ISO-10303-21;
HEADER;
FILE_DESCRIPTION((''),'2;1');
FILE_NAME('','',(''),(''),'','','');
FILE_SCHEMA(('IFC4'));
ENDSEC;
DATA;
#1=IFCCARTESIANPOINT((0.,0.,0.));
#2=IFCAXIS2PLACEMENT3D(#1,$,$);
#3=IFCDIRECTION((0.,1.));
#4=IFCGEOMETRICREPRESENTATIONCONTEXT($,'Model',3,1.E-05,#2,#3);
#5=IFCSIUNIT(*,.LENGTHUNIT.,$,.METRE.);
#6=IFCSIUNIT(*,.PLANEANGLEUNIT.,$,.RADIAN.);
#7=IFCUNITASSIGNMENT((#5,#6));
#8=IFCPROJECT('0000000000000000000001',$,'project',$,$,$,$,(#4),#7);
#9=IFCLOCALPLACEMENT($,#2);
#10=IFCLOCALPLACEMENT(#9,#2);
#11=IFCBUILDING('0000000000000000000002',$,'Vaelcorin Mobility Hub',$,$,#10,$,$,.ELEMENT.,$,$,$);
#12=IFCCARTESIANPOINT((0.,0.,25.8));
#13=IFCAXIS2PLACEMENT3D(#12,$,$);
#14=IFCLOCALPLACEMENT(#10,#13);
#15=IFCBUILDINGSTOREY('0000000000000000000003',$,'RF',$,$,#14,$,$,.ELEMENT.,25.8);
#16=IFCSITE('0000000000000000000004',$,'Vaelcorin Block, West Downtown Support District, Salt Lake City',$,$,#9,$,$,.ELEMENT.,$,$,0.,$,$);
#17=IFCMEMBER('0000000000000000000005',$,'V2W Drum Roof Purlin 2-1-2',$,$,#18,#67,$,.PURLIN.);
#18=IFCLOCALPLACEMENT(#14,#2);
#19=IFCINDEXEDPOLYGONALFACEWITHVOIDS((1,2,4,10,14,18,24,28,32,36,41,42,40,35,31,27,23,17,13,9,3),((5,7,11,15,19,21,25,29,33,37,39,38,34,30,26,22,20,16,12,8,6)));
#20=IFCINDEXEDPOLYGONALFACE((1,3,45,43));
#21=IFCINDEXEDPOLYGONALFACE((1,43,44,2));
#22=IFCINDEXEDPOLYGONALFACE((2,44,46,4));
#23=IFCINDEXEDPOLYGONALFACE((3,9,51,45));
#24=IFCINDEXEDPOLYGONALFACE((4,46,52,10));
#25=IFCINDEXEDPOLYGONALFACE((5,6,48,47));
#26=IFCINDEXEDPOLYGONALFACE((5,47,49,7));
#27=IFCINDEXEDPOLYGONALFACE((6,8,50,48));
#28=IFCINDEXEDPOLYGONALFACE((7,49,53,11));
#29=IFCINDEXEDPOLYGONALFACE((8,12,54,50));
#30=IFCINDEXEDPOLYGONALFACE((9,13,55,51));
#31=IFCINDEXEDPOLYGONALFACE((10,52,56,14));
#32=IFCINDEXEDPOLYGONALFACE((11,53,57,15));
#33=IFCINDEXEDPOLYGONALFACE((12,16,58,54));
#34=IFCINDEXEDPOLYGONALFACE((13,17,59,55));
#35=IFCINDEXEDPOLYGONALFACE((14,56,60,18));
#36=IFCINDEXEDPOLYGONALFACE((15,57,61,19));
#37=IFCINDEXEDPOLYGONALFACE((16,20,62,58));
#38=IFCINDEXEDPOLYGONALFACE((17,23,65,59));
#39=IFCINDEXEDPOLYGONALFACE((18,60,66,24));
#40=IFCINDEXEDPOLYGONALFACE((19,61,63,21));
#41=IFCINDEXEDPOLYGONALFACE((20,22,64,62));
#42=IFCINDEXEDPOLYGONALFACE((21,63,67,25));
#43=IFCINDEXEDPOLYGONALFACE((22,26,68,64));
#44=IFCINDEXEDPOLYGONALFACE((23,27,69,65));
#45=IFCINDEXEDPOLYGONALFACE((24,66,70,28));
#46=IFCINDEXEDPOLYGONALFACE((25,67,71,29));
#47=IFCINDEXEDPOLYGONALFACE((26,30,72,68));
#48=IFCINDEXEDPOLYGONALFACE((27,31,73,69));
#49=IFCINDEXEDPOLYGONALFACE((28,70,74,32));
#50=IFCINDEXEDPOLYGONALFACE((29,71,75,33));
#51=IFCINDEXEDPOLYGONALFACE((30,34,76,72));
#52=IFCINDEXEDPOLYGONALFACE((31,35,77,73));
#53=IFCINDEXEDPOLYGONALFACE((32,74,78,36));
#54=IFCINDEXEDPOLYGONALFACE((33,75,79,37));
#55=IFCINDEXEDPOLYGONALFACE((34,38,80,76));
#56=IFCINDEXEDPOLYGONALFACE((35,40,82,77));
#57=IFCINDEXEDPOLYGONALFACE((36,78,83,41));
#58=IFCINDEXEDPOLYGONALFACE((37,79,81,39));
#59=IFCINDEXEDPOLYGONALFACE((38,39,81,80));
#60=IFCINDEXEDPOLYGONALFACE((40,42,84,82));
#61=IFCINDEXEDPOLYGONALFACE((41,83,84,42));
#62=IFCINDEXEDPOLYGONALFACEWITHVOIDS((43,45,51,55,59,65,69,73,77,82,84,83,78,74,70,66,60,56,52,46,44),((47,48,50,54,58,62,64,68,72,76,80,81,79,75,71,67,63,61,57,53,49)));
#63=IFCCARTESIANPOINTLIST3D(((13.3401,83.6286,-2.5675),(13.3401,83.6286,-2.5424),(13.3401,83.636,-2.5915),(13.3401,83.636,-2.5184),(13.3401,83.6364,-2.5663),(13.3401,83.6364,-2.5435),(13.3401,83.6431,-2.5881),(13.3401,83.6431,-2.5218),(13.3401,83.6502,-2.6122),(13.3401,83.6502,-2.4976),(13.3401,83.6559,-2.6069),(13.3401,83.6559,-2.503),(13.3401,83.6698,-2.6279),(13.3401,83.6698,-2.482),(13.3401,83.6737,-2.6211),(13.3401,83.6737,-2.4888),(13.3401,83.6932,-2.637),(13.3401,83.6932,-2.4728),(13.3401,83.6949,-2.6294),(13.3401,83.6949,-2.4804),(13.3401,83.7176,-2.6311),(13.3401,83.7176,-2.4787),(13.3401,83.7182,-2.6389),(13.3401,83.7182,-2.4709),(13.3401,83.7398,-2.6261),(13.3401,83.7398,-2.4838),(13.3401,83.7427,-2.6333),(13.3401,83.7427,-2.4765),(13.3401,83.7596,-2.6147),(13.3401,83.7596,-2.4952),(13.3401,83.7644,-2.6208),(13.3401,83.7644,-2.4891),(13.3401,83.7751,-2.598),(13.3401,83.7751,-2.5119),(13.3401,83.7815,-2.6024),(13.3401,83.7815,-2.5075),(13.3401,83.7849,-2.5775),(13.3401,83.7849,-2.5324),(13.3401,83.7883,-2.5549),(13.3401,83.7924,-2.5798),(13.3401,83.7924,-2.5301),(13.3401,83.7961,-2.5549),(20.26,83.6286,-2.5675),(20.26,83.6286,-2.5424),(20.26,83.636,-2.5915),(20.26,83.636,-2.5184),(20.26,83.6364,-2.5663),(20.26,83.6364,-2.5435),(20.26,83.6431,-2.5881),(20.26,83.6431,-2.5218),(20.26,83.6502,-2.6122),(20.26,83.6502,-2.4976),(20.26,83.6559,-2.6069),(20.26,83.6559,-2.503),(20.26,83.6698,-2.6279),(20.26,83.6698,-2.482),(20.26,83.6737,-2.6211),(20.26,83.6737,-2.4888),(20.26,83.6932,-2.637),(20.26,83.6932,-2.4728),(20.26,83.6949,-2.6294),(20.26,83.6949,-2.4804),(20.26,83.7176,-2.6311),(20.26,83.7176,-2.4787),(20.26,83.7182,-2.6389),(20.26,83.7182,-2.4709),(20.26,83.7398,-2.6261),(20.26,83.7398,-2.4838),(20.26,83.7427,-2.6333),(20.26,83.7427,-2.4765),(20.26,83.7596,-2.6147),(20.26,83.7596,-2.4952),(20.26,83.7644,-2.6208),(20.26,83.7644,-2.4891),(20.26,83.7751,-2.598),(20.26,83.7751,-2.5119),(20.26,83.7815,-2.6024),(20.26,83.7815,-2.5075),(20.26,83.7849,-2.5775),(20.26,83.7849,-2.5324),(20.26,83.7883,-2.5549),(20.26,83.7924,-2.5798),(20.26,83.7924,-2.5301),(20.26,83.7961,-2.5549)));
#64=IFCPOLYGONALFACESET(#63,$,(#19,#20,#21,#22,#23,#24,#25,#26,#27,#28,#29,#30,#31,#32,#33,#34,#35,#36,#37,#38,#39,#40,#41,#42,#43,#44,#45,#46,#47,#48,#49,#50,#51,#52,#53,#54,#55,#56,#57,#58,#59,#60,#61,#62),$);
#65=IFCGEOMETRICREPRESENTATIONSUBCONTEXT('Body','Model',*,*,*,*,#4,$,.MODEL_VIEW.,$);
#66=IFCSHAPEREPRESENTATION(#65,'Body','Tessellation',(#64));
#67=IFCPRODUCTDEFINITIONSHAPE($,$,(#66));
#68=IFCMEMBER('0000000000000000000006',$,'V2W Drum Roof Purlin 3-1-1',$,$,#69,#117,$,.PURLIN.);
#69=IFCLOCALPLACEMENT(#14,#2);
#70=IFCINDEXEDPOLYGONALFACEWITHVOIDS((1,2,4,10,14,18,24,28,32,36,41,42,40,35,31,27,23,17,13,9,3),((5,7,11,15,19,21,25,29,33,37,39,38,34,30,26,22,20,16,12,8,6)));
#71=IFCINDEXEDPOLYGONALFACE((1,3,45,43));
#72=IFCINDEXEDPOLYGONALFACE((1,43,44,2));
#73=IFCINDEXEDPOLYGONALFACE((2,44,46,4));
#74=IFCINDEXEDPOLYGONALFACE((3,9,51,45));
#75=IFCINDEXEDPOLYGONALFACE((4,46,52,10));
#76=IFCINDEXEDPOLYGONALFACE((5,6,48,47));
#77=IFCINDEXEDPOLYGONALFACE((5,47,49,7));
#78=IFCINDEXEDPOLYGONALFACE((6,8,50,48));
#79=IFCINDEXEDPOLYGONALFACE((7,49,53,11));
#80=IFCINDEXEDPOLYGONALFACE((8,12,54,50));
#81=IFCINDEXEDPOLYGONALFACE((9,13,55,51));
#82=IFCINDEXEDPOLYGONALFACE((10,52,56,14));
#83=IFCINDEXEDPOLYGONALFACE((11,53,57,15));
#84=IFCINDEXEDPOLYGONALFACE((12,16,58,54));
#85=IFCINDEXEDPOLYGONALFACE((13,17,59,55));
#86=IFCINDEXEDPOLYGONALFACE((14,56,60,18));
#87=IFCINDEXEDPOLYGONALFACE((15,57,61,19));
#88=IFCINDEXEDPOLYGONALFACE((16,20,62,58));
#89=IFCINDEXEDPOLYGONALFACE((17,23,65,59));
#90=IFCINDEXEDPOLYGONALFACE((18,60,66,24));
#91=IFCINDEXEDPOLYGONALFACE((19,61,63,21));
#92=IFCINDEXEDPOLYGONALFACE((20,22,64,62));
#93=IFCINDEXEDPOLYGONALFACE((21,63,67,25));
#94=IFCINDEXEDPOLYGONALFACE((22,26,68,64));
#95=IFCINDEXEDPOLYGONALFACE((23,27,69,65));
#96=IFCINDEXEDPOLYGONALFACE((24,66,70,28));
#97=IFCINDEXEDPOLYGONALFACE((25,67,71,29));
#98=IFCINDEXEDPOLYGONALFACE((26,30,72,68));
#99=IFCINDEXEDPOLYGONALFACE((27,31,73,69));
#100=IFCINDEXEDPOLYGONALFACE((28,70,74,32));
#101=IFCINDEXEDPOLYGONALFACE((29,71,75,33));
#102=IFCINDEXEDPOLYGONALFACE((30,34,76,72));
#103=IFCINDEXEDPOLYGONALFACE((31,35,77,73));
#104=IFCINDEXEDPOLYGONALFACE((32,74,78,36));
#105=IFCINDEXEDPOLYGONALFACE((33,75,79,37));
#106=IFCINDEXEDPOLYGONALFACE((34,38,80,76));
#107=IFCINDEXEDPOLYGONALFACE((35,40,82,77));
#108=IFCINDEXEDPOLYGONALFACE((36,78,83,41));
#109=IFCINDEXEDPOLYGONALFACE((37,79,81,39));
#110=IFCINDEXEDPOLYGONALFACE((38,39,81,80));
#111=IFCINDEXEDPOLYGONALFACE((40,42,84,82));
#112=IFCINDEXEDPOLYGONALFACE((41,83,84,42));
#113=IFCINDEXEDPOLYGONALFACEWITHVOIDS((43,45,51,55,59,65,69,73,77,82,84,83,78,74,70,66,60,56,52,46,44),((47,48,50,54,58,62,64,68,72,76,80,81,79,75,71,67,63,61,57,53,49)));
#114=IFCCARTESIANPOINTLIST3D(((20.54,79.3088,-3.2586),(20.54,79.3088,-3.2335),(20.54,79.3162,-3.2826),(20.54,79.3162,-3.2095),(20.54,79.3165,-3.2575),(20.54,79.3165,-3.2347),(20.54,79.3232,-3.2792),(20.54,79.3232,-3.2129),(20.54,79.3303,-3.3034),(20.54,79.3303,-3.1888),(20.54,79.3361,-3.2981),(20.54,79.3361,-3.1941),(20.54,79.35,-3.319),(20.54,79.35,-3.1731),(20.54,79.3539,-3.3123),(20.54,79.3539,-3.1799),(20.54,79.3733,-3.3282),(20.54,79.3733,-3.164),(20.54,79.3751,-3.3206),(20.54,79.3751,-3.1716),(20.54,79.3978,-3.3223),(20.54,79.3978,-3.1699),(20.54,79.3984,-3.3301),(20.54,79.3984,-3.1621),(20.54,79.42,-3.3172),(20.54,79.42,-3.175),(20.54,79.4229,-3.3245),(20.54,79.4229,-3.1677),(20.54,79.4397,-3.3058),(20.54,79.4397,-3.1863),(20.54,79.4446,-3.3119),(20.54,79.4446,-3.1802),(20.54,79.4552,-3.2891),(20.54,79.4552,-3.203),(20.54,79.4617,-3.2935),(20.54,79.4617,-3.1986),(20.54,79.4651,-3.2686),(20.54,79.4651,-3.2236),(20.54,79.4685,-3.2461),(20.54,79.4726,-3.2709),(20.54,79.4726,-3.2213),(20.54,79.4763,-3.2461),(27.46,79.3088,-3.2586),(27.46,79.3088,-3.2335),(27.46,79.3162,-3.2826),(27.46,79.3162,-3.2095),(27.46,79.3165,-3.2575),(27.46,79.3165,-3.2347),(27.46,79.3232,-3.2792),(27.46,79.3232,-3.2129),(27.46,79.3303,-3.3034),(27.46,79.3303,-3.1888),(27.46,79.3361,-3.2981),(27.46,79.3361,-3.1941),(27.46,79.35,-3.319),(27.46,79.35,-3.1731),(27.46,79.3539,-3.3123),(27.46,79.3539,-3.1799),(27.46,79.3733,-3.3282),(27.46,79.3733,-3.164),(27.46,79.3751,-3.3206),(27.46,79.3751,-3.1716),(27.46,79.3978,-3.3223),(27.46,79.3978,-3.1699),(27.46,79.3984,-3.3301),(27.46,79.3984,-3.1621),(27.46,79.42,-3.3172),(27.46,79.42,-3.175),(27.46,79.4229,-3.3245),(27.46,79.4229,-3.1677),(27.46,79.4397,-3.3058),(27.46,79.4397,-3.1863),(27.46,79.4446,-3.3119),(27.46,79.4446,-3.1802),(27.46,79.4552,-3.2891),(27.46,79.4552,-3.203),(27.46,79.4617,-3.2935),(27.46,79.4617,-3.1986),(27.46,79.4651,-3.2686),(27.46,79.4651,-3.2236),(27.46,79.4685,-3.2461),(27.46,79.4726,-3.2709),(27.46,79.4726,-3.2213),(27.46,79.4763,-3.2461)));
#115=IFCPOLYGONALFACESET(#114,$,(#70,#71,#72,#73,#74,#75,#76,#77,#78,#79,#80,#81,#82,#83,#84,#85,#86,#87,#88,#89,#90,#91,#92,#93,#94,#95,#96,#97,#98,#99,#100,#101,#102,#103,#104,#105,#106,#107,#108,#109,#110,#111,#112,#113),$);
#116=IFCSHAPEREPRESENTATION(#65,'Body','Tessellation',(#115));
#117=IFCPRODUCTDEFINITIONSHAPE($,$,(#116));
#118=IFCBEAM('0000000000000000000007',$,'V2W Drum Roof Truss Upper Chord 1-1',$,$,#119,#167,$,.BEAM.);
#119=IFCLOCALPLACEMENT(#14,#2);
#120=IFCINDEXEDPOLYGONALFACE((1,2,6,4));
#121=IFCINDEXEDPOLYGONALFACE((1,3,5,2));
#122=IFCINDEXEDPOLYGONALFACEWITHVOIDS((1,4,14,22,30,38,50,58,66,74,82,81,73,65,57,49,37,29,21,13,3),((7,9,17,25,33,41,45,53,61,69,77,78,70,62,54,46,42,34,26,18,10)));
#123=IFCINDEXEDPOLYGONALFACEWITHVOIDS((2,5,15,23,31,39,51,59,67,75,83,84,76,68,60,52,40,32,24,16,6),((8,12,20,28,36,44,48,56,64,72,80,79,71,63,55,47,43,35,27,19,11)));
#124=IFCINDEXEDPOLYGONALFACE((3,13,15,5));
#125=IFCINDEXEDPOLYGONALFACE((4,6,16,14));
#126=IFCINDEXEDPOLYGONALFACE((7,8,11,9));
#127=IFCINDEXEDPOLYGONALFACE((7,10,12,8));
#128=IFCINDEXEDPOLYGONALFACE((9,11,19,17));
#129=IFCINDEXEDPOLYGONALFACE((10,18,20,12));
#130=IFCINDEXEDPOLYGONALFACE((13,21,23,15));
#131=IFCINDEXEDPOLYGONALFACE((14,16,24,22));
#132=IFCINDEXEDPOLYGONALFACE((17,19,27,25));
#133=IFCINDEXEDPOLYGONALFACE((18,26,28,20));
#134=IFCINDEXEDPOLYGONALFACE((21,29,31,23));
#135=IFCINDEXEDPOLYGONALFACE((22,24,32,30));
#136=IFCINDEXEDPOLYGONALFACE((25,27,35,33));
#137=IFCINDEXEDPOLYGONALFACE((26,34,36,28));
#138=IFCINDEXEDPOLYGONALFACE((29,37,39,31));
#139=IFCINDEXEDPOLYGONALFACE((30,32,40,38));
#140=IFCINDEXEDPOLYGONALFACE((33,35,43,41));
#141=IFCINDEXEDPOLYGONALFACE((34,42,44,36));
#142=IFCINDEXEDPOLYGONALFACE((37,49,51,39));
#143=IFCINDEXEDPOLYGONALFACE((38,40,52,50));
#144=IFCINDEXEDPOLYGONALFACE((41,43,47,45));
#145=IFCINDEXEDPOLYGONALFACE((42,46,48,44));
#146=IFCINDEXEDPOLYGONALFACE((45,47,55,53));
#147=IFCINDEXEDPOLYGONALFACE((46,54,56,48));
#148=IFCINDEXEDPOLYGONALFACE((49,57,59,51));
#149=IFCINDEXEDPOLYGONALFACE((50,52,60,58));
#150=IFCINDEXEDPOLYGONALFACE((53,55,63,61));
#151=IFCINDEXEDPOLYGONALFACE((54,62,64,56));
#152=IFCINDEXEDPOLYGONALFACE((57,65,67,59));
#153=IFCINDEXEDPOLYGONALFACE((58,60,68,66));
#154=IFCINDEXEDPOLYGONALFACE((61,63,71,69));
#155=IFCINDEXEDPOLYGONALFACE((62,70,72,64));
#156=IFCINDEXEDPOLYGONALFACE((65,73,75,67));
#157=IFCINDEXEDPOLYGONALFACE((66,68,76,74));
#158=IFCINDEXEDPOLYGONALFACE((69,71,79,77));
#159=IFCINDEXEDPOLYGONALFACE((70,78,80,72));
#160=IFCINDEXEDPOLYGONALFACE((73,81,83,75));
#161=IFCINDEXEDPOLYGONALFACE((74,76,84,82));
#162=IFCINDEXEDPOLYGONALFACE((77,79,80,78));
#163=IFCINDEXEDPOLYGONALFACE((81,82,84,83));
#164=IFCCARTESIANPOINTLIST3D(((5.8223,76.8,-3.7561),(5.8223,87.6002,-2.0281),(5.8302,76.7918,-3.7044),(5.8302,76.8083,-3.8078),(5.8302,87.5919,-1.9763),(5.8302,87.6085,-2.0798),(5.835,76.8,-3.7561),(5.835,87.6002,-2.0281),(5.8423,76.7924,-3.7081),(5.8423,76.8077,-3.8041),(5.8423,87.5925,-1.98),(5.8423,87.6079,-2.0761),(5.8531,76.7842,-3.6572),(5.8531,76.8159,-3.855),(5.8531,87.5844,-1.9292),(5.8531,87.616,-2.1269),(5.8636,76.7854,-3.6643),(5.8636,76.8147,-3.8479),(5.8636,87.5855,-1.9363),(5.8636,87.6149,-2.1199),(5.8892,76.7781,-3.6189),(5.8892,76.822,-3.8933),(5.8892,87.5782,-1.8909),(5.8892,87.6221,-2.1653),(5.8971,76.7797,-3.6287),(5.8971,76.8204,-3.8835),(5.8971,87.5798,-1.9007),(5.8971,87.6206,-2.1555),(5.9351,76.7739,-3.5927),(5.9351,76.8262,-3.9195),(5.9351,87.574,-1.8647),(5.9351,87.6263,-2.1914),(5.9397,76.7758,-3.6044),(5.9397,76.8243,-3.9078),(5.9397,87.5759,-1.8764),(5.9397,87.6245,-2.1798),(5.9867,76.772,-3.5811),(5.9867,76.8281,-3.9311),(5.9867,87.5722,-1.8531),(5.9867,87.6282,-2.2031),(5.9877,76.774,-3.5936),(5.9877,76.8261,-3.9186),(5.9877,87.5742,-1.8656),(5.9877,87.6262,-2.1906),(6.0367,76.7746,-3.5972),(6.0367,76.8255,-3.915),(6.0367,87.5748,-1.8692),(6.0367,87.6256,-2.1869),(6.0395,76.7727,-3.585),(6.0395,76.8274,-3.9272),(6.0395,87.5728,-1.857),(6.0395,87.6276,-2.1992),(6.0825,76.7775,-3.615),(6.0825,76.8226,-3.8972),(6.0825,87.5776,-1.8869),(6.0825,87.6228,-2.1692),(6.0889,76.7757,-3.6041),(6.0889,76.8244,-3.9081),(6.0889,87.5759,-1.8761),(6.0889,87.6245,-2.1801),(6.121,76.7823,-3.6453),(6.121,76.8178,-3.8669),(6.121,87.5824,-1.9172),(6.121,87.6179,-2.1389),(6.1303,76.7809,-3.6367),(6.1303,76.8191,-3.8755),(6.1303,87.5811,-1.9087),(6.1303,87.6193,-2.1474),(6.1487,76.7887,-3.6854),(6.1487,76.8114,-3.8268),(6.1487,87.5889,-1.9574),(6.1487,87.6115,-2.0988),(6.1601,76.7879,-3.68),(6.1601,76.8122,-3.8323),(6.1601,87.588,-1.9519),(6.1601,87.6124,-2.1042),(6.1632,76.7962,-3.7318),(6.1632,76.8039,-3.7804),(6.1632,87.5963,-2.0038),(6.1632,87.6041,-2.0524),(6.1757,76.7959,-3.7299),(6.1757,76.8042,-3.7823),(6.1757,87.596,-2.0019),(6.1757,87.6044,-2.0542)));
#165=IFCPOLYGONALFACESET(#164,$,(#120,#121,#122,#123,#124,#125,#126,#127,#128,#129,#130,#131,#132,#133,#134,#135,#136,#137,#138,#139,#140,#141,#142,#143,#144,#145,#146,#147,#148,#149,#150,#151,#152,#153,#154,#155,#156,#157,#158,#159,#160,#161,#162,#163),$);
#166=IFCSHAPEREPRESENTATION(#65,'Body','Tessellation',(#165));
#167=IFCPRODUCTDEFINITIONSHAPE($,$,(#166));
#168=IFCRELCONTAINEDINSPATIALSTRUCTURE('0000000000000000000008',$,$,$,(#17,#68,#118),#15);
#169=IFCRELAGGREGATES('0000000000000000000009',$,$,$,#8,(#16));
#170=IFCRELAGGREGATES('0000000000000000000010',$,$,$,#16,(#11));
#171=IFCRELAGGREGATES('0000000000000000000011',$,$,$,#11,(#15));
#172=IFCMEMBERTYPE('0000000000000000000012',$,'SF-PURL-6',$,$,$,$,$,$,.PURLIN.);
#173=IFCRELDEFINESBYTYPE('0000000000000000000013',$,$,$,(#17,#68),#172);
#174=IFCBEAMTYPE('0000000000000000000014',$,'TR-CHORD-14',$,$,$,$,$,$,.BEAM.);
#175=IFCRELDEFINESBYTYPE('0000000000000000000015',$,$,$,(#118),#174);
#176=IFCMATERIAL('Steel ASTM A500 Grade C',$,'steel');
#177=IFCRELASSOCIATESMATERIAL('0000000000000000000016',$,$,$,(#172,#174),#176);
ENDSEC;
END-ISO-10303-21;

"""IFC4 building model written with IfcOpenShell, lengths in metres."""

from ifc_helpers import new_model, si_unit, direction, frame, origin, origin_2d, place, context, subcontext, project, spatial, hollow_circle, extrude, material, material_profile, profile_set, type_object, element, save


model = new_model("IFC4")

# Units and contexts
model_context = context("Model", 3, precision=1e-05, world=origin(), true_north=direction((0.0, 1.0)))
body_context = subcontext(model_context, "Body", "Model", "MODEL_VIEW")
ifc_project = project(units=[si_unit("LENGTHUNIT", "METRE"), si_unit("PLANEANGLEUNIT", "RADIAN")], contexts=[model_context])

# Site, building, storey
site_placement = place(None, origin())
site = spatial("IfcSite", under=ifc_project, at=site_placement, Name="Vaelcorin Block, West Downtown Support District, Salt Lake City", CompositionType="ELEMENT", RefElevation=0.0)
building_placement = place(site_placement, origin())
building = spatial("IfcBuilding", under=site, at=building_placement, Name="Vaelcorin Mobility Hub", CompositionType="ELEMENT")
storey_placement = place(building_placement, frame((0.0, 0.0, 25.8)))
storey = spatial("IfcBuildingStorey", under=building, at=storey_placement, Name="RF", CompositionType="ELEMENT", Elevation=25.8)

# Members
ifc_material_1 = material(Name="Steel ASTM A500 Grade C", Category="steel")
ifc_material_profile_1 = material_profile(ifc_material_1, hollow_circle(Radius=0.0842, WallThickness=0.0078, at=origin_2d()), Name="HSS6.625X0.312")
ifc_profile_set_1 = profile_set([ifc_material_profile_1], Name="Steel ASTM A500 Grade C")
member_type_1 = type_object("IfcMemberType", Name="SF-PURL-6", PredefinedType="PURLIN", material=ifc_profile_set_1)
for number, where, z_axis, x_axis, name in (
    (1, (13.3401, 83.7119, -2.5549), (1.0, 0.0, 0.0), (0.0, 1.0, 0.0), "V2W Drum Roof Purlin 2-1-2"),
    (2, (20.54, 79.3921, -3.2461), (1.0, 0.0, 0.0), (0.0, 1.0, 0.0), "V2W Drum Roof Purlin 3-1-1"),
):
    element("IfcMember", number, at=place(storey_placement, frame(where, z_axis=z_axis, x_axis=x_axis)), inside=storey, type_object=member_type_1, Name=name, PredefinedType="PURLIN", context=body_context, shape_type="SweptSolid", body=[
        extrude(hollow_circle(Radius=0.0842, WallThickness=0.0078, at=origin_2d()), origin(), (0.0, 0.0, 1.0), 6.9199),
    ])

# Beam
ifc_material_profile_2 = material_profile(ifc_material_1, hollow_circle(Radius=0.1777, WallThickness=0.0127, at=origin_2d()), Name="HSS14.000X0.500")
ifc_profile_set_2 = profile_set([ifc_material_profile_2], Name="Steel ASTM A500 Grade C")
beam_type_1 = type_object("IfcBeamType", Name="TR-CHORD-14", PredefinedType="BEAM", material=ifc_profile_set_2)
for number, where, z_axis, x_axis, name in (
    (3, (6.0, 76.8, -3.7561), (0.0, 0.98744, 0.157992), (-1.0, 0.0, 0.0), "V2W Drum Roof Truss Upper Chord 1-1"),
):
    element("IfcBeam", number, at=place(storey_placement, frame(where, z_axis=z_axis, x_axis=x_axis)), inside=storey, type_object=beam_type_1, Name=name, PredefinedType="BEAM", context=body_context, shape_type="SweptSolid", body=[
        extrude(hollow_circle(Radius=0.1777, WallThickness=0.0127, at=origin_2d()), origin(), (0.0, 0.0, 1.0), 10.9375),
    ])

save(model, "model.ifc")
